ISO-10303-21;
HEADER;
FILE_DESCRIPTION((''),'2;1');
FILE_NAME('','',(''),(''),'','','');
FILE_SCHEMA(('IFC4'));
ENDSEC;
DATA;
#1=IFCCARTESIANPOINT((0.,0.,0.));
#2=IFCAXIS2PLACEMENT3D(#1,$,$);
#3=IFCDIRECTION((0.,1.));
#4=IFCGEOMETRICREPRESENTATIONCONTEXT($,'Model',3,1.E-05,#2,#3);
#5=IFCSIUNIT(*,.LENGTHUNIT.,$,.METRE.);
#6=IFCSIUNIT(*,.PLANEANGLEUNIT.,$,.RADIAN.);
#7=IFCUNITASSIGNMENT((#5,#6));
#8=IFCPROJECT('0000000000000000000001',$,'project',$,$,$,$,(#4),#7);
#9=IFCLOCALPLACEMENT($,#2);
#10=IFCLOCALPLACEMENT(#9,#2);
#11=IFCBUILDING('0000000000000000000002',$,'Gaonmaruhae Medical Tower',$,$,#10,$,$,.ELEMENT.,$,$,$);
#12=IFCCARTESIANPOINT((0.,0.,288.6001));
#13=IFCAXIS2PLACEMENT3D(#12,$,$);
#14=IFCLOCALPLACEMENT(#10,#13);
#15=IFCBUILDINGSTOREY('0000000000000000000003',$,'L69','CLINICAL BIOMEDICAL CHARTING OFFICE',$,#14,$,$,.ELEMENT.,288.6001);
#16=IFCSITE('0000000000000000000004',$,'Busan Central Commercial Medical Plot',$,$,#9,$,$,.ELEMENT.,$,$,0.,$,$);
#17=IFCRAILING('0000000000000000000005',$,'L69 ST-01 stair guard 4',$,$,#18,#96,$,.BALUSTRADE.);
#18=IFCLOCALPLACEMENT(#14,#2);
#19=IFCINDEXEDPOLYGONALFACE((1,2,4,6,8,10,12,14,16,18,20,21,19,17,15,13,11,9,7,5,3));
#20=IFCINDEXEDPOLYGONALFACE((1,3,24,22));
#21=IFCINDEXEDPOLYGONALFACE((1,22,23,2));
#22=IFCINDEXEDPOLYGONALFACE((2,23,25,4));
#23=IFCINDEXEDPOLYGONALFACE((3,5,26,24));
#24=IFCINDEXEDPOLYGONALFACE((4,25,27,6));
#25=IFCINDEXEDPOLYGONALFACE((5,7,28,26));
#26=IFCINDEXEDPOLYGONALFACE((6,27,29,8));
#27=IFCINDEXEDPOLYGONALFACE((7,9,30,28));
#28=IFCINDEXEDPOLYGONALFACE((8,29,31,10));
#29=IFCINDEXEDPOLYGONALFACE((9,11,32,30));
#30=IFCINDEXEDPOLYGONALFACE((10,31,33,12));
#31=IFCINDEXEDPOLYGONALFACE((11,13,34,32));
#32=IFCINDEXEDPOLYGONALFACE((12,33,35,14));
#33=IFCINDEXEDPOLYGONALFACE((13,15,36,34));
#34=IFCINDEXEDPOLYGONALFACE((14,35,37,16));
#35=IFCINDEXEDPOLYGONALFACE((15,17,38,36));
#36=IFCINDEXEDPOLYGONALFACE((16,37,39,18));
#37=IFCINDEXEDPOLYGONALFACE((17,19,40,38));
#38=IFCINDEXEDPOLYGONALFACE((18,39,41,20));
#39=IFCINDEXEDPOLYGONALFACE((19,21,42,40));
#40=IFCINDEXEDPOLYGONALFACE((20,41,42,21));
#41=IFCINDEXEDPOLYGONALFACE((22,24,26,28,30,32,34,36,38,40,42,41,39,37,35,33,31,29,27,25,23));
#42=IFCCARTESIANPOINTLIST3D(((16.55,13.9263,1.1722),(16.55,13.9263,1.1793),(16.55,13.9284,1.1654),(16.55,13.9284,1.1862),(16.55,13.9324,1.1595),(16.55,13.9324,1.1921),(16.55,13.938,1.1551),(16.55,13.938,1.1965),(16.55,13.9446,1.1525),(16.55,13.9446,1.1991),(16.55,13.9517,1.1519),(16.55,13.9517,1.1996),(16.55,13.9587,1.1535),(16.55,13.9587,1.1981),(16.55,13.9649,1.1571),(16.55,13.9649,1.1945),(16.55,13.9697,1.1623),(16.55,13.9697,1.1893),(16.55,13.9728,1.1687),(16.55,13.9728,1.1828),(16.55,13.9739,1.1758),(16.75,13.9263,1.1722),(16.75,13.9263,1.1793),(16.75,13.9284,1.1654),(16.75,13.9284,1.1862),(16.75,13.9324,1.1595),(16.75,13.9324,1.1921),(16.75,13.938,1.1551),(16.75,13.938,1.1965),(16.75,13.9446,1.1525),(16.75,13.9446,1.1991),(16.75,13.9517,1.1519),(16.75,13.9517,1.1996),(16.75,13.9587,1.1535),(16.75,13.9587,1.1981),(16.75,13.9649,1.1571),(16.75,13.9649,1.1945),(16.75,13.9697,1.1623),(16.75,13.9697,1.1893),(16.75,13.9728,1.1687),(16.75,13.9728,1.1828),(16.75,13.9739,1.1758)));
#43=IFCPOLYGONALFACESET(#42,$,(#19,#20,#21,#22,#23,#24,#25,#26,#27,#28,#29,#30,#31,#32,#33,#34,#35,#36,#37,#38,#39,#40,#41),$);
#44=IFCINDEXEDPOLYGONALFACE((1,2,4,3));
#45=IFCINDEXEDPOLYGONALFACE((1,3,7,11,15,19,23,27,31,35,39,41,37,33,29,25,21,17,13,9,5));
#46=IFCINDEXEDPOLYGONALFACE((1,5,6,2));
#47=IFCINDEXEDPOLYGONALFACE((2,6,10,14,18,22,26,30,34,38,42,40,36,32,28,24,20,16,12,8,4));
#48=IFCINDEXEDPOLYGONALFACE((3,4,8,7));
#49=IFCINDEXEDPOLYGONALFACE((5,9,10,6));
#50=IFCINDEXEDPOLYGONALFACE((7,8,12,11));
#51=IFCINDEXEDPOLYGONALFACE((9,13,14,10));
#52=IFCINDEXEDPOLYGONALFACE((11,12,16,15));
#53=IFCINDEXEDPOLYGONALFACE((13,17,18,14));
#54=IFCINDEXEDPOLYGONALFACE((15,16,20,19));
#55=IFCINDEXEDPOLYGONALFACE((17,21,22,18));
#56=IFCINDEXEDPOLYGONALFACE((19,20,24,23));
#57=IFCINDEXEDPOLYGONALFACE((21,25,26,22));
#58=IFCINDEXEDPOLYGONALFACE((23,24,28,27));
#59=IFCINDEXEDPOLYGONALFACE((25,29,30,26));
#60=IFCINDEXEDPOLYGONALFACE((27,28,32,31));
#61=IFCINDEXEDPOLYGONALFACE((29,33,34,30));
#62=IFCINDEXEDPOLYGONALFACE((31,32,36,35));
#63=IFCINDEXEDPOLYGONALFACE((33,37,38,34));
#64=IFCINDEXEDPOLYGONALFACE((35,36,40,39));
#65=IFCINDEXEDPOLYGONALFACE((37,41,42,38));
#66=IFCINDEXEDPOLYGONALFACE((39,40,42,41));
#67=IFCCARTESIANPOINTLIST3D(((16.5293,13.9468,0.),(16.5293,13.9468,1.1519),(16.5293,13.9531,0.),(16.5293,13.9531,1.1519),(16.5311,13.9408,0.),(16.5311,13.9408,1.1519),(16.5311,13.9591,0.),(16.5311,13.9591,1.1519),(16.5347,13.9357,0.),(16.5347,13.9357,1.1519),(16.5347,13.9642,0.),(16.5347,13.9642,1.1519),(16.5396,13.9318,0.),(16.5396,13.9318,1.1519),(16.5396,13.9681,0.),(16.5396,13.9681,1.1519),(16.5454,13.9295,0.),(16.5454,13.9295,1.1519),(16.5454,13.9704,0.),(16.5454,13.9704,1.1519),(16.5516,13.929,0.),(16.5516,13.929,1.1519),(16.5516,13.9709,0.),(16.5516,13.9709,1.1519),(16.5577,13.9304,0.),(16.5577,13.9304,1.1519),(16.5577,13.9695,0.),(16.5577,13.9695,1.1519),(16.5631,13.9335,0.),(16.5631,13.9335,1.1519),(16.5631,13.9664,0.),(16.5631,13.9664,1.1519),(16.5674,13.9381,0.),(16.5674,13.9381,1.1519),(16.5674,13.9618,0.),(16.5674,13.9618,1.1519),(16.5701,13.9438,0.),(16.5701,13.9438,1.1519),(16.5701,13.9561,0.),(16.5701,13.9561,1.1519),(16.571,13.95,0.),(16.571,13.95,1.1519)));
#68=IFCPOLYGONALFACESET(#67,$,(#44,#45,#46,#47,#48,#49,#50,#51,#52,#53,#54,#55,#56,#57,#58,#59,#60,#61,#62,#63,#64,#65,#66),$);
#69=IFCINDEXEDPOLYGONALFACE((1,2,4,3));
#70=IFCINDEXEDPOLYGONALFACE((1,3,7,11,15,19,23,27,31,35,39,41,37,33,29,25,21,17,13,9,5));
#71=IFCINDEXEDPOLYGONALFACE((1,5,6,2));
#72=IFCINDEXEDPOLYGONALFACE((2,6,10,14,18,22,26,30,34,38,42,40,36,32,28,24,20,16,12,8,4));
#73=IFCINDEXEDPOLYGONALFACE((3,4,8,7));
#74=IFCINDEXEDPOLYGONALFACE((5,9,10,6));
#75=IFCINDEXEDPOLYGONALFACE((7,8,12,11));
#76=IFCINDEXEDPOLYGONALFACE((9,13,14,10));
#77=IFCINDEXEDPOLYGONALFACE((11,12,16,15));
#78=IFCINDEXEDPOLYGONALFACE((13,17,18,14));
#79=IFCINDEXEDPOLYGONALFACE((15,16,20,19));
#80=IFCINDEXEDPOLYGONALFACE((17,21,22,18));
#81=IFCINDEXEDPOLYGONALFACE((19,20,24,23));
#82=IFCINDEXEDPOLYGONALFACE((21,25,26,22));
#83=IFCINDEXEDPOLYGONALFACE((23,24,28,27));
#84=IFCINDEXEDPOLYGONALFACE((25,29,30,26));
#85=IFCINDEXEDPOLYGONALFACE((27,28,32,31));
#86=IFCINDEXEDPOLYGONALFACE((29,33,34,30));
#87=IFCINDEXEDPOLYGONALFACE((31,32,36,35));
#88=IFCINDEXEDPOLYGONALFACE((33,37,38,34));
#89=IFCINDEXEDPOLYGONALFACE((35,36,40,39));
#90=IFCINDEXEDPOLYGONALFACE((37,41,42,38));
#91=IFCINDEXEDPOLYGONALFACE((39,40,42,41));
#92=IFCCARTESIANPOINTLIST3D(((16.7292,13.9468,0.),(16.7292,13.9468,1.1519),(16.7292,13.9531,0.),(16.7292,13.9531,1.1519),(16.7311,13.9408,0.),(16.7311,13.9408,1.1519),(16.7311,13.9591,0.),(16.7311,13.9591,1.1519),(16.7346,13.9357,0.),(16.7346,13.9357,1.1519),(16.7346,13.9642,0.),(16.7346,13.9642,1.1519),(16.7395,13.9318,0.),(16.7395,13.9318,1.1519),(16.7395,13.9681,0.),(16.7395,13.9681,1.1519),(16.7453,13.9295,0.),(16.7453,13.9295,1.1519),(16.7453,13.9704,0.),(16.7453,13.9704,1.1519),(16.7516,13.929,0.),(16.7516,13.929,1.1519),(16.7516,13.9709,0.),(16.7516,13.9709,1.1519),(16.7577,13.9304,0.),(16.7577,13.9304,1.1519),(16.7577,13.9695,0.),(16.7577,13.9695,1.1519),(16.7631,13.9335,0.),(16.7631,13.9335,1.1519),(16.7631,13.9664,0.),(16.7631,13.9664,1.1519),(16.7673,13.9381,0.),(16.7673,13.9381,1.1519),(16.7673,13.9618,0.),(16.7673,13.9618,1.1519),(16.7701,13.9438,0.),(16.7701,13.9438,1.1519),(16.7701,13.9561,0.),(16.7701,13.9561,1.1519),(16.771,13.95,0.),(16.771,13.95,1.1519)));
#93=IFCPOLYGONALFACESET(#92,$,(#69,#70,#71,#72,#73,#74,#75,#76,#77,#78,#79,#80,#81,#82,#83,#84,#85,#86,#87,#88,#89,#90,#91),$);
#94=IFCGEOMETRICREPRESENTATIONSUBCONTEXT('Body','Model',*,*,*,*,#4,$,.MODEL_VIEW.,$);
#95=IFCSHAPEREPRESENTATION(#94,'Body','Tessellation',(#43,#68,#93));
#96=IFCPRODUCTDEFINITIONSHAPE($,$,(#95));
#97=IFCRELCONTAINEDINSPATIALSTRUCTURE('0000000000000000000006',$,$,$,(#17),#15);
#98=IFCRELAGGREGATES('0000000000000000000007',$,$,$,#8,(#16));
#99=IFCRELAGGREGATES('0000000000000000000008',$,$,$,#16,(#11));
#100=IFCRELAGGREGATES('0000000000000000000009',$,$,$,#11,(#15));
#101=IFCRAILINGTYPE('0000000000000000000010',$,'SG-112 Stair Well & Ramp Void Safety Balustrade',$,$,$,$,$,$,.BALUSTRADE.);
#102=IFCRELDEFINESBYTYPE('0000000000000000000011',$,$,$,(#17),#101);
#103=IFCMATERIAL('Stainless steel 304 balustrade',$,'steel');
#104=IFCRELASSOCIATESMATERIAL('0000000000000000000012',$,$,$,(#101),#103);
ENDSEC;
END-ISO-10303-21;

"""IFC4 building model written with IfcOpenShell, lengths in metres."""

from ifc_helpers import new_model, si_unit, direction, frame, origin, origin_2d, place, context, subcontext, project, spatial, circle, extrude, material, type_object, element, save


model = new_model("IFC4")

# Units and contexts
model_context = context("Model", 3, precision=1e-05, world=origin(), true_north=direction((0.0, 1.0)))
body_context = subcontext(model_context, "Body", "Model", "MODEL_VIEW")
ifc_project = project(units=[si_unit("LENGTHUNIT", "METRE"), si_unit("PLANEANGLEUNIT", "RADIAN")], contexts=[model_context])

# Site, building, storey
site_placement = place(None, origin())
site = spatial("IfcSite", under=ifc_project, at=site_placement, Name="Busan Central Commercial Medical Plot", CompositionType="ELEMENT", RefElevation=0.0)
building_placement = place(site_placement, origin())
building = spatial("IfcBuilding", under=site, at=building_placement, Name="Gaonmaruhae Medical Tower", CompositionType="ELEMENT")
storey_placement = place(building_placement, frame((0.0, 0.0, 288.6001)))
storey = spatial("IfcBuildingStorey", under=building, at=storey_placement, Name="L69", Description="CLINICAL BIOMEDICAL CHARTING OFFICE", CompositionType="ELEMENT", Elevation=288.6001)

# Railing
ifc_material_1 = material(Name="Stainless steel 304 balustrade", Category="steel")
railing_type_1 = type_object("IfcRailingType", Name="SG-112 Stair Well & Ramp Void Safety Balustrade", PredefinedType="BALUSTRADE", material=ifc_material_1)
railing_1_placement = place(storey_placement, frame((16.55, 13.95, 0.0)))
element("IfcRailing", 1, at=railing_1_placement, inside=storey, type_object=railing_type_1, Name="L69 ST-01 stair guard 4", PredefinedType="BALUSTRADE", context=body_context, shape_type="SweptSolid", body=[
    extrude(circle(Radius=0.0239, at=origin_2d()), frame((0.0, 0.0, 1.1758), z_axis=(1.0, 0.0, 0.0), x_axis=(0.0, 1.0, 0.0)), (0.0, 0.0, 1.0), 0.2),
    extrude(circle(Radius=0.021, at=origin_2d()), origin(), (0.0, 0.0, 1.0), 1.1519),
    extrude(circle(Radius=0.021, at=origin_2d()), frame((0.2, 0.0, 0.0)), (0.0, 0.0, 1.0), 1.1519),
])

save(model, "model.ifc")
